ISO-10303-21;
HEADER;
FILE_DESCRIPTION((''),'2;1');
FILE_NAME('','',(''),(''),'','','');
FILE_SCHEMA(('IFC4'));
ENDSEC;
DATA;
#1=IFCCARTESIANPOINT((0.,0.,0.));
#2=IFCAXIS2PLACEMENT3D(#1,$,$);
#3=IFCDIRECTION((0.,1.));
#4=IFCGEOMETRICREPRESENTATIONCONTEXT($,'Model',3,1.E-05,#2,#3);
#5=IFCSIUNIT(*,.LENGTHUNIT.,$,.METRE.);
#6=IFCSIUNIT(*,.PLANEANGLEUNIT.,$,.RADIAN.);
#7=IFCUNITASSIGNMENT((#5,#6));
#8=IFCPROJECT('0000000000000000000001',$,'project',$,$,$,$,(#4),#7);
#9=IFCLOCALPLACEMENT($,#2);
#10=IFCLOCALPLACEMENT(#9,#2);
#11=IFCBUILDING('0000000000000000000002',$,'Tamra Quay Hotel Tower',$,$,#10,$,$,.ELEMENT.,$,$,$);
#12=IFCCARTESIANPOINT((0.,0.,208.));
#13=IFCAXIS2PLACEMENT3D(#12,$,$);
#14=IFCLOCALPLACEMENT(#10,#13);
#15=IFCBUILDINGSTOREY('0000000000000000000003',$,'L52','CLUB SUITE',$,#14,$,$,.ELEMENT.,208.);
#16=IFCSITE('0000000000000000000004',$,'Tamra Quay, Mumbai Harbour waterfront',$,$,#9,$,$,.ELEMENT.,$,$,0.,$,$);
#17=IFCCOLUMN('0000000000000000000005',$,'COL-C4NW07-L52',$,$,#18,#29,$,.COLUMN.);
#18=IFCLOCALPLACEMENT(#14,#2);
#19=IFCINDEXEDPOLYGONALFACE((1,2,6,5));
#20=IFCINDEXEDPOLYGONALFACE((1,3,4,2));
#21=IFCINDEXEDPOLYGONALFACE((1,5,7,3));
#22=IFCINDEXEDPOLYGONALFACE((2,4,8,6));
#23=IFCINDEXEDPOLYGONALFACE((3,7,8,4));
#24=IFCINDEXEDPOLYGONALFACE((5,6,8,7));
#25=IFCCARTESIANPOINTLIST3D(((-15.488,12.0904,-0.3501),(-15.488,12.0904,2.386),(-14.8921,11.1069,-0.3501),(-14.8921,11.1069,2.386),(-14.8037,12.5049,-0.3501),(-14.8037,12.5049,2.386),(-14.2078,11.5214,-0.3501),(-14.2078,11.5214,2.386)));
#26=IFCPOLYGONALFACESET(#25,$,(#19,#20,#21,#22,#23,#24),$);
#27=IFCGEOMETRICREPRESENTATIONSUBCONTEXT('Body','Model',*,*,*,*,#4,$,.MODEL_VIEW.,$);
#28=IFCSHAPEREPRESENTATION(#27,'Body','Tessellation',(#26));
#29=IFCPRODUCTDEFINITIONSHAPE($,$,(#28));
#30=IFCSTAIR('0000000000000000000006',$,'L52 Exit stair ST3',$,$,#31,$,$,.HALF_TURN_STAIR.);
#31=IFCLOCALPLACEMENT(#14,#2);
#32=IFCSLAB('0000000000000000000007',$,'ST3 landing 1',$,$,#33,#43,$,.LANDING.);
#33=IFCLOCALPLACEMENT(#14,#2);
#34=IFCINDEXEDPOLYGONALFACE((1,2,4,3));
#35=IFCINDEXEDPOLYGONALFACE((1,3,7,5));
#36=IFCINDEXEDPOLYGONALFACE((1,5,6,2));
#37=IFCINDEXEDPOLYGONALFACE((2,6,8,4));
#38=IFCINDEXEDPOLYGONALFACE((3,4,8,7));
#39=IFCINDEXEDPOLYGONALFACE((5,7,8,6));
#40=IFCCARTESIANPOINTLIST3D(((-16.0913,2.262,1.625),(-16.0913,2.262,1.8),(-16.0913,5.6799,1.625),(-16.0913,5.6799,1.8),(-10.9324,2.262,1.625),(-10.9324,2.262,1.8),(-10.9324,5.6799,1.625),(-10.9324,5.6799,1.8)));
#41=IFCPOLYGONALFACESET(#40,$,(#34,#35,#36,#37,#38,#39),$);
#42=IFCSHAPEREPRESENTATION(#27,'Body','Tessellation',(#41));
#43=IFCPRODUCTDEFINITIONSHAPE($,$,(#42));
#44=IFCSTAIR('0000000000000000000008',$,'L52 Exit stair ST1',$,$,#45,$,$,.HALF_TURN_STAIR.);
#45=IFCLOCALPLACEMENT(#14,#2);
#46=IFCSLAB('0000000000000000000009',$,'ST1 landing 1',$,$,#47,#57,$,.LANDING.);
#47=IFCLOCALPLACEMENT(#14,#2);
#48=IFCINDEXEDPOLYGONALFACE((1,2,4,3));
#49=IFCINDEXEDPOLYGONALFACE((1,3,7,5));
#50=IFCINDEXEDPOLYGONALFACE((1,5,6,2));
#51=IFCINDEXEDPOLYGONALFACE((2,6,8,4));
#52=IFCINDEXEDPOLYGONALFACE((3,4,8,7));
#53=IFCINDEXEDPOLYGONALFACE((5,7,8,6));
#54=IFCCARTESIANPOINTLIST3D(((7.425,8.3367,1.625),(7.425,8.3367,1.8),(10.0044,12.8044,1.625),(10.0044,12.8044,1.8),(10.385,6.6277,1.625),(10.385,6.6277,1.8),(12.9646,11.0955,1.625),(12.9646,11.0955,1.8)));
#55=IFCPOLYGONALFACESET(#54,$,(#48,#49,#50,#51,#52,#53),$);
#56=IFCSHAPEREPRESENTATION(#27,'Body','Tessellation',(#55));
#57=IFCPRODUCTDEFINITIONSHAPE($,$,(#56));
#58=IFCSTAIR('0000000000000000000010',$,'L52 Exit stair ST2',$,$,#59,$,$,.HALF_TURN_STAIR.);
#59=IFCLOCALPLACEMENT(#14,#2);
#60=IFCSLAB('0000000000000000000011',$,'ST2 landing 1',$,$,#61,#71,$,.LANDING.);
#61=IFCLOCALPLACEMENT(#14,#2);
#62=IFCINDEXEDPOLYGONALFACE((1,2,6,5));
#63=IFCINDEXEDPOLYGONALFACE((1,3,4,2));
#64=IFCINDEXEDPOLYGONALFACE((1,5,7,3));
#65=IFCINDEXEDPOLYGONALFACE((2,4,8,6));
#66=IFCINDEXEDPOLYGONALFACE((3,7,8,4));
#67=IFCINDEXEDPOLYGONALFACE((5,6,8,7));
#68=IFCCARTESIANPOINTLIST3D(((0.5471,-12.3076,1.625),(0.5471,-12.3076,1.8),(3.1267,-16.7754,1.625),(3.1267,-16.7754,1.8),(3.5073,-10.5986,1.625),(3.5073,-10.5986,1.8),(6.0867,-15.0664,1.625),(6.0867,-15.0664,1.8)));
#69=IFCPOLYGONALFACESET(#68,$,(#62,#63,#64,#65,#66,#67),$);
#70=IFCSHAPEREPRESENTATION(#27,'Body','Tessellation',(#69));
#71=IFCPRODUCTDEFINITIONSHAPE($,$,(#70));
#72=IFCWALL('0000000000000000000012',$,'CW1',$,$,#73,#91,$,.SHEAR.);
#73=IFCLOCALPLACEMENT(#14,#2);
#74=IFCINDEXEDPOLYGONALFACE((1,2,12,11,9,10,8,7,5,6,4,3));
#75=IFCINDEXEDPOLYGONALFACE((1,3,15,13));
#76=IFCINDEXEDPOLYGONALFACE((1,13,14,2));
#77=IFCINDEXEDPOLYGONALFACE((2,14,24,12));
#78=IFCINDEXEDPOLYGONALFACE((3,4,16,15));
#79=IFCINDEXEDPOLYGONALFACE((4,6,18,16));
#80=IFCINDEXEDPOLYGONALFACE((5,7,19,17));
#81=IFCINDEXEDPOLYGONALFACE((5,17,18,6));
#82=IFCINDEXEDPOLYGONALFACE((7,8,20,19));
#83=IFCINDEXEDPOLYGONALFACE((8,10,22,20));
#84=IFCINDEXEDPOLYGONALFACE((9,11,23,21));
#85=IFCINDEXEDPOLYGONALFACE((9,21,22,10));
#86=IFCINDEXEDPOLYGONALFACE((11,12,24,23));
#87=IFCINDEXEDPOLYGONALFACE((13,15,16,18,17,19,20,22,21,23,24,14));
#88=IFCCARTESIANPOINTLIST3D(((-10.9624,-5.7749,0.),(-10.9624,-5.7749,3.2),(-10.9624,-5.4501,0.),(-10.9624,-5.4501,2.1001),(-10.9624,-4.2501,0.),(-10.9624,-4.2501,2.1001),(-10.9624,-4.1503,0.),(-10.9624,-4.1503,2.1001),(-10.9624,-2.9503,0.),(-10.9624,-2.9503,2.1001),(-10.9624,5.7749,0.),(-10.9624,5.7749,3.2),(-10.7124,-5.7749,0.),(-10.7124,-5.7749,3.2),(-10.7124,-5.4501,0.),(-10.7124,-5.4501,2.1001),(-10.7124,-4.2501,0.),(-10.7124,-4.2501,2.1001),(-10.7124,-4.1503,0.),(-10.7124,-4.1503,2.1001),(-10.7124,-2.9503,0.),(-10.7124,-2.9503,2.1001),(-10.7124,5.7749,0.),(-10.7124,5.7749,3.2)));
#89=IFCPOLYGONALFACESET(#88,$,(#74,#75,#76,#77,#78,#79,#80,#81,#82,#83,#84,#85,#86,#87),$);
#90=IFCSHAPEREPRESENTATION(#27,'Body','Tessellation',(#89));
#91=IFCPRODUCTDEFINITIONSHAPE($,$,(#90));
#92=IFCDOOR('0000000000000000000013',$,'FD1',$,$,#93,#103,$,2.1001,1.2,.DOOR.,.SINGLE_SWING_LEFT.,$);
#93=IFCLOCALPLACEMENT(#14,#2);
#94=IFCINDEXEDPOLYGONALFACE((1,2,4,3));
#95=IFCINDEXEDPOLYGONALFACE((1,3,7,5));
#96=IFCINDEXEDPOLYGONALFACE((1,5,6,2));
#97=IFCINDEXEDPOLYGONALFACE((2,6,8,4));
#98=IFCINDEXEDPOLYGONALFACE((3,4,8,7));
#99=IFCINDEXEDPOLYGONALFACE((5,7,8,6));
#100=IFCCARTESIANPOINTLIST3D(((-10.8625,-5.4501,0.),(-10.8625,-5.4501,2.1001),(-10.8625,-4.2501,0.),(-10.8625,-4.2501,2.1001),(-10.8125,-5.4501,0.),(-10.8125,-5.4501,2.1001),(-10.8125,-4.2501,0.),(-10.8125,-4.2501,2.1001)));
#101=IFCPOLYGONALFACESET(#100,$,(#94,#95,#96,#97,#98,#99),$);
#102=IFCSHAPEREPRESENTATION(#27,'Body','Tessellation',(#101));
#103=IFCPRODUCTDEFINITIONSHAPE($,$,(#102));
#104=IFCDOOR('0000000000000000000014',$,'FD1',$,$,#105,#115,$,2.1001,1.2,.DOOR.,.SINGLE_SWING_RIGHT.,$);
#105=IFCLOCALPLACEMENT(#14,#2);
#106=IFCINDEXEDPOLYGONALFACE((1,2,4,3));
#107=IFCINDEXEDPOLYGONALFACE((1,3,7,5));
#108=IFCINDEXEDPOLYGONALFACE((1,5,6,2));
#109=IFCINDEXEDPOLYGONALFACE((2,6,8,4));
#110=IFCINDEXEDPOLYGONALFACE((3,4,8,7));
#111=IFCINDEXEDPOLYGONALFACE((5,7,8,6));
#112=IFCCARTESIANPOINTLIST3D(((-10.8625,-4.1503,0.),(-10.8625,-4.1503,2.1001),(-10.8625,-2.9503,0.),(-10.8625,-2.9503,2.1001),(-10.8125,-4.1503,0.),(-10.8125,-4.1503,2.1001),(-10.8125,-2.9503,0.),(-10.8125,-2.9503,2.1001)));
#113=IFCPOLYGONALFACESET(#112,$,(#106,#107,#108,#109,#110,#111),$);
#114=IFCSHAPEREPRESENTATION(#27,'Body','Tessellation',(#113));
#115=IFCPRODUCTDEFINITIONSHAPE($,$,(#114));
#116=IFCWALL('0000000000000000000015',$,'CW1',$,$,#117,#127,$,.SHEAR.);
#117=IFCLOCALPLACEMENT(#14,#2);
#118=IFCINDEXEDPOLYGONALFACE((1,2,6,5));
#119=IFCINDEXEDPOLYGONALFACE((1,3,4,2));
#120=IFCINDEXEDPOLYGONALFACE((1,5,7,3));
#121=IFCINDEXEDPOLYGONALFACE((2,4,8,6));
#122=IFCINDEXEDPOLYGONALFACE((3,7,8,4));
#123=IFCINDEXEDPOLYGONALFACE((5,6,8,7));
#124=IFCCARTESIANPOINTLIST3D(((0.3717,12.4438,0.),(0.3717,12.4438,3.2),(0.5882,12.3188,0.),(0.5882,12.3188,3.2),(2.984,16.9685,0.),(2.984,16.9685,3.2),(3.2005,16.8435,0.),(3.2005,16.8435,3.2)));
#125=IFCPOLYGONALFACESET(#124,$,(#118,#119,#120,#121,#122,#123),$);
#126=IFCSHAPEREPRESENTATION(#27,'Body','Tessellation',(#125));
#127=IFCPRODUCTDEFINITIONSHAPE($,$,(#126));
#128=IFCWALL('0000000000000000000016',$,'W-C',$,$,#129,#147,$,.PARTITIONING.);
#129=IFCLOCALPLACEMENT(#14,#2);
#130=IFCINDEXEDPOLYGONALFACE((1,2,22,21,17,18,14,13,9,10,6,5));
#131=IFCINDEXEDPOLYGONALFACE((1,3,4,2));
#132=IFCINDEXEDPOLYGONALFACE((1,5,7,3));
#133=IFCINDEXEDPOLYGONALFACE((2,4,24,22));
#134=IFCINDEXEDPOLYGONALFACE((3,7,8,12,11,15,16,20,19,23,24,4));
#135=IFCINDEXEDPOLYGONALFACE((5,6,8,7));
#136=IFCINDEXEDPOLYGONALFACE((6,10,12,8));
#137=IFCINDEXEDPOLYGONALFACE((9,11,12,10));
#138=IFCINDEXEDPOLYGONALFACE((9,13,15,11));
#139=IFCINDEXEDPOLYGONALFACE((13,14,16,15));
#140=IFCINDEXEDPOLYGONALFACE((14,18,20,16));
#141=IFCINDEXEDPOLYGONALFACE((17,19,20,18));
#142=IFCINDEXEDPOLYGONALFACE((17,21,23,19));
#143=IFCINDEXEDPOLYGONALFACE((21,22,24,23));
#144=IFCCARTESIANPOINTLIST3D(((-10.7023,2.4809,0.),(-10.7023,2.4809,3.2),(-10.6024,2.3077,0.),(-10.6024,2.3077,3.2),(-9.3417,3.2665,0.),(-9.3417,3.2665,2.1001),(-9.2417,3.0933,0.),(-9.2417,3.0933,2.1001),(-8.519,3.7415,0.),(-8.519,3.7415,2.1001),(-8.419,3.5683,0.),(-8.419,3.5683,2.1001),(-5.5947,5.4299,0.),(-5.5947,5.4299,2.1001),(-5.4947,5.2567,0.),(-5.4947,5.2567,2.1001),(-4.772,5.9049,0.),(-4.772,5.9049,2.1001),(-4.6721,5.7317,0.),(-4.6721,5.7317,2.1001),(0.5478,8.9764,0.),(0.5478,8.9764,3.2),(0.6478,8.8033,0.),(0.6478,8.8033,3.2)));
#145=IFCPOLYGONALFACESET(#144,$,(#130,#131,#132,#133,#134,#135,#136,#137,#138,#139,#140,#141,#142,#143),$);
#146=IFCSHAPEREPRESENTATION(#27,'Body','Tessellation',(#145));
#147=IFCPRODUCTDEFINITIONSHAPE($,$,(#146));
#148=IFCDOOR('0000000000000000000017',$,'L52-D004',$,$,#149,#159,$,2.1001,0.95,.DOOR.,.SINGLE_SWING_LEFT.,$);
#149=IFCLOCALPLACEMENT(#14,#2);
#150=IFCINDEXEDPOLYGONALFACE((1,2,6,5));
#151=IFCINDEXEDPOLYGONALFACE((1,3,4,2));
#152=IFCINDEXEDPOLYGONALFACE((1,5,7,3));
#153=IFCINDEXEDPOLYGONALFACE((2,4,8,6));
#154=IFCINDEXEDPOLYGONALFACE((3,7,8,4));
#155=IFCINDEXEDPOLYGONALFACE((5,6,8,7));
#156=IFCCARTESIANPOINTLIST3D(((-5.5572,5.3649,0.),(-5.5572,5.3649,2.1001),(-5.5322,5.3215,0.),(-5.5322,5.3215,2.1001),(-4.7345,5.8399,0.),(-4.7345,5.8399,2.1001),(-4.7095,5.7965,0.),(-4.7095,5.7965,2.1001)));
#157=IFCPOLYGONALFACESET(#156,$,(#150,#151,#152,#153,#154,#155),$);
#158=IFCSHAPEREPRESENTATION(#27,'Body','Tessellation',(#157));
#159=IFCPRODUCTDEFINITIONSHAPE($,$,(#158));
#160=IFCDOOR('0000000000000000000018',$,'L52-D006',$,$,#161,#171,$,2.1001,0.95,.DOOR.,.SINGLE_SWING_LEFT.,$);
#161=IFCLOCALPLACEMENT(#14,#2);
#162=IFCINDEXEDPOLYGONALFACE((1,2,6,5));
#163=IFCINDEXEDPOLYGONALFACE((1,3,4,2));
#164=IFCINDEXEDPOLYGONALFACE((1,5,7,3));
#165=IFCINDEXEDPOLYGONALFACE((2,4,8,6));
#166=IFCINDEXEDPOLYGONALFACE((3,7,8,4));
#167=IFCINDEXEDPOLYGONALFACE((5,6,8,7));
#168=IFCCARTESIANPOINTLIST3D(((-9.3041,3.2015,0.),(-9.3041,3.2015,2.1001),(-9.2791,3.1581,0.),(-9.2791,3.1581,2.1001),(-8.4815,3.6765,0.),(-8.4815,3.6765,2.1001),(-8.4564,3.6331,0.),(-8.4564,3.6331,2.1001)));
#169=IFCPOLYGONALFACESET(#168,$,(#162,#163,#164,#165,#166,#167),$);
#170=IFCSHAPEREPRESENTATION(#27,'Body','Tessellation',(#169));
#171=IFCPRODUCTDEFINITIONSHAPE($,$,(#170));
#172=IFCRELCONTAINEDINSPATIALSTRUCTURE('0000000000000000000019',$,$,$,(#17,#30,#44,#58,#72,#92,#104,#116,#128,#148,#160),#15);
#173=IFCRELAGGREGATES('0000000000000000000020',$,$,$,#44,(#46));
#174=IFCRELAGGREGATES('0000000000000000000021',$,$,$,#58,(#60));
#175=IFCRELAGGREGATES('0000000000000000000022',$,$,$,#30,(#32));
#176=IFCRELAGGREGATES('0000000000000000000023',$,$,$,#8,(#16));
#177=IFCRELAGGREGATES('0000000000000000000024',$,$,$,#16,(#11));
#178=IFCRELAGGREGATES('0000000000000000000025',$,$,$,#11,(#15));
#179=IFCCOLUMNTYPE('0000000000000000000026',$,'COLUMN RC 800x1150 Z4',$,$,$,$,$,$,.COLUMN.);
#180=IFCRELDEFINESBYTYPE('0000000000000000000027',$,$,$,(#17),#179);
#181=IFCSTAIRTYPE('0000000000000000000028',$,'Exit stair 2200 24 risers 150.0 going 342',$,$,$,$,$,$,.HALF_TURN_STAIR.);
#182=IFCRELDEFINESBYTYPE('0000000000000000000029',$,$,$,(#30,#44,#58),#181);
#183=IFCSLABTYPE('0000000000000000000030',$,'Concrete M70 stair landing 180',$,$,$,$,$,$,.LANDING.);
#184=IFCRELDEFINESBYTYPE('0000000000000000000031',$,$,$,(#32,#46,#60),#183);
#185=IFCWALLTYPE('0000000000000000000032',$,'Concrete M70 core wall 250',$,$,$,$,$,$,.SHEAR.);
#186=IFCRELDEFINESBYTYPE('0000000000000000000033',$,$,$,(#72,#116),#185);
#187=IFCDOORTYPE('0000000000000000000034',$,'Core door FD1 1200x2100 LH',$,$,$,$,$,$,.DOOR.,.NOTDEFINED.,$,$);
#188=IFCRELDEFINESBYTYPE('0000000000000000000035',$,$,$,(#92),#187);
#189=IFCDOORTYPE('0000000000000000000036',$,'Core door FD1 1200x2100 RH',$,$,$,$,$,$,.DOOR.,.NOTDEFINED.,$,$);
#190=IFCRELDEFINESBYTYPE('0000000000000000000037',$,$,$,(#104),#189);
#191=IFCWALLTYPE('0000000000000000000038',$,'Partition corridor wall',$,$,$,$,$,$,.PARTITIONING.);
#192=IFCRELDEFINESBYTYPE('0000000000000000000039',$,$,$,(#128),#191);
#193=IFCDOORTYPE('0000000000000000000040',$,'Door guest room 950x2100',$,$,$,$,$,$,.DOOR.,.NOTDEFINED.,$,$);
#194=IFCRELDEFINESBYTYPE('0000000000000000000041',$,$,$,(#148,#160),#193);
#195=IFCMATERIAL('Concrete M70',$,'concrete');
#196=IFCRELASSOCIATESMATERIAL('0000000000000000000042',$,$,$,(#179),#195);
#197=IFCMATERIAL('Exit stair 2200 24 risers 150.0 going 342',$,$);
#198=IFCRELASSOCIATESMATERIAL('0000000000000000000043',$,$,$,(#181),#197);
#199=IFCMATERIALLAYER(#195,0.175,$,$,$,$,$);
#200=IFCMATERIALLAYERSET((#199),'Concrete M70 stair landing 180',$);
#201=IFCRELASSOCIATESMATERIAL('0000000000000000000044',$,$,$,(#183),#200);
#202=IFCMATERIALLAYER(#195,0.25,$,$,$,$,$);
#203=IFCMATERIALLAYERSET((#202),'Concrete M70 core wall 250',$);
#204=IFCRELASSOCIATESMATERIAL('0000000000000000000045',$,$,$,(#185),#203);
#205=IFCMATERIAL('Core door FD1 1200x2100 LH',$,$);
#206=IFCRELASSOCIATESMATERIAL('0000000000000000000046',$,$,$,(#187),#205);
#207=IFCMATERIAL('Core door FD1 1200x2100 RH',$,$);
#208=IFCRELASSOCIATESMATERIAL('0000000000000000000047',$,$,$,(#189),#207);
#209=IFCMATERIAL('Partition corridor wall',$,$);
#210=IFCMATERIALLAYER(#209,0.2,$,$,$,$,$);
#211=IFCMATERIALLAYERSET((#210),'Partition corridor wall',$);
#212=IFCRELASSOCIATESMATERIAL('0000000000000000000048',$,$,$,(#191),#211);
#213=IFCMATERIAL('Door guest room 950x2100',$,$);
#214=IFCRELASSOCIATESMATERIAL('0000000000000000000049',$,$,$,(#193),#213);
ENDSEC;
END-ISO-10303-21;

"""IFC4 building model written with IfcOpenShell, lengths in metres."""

from ifc_helpers import new_model, si_unit, direction, frame, frame_2d, origin, origin_2d, place, context, subcontext, project, spatial, polyline, rectangle, outline, extrude, material, layer, layer_set, material_profile, profile_set, type_object, element, fill, aggregate, save


model = new_model("IFC4")

# Units and contexts
model_context = context("Model", 3, precision=1e-05, world=origin(), true_north=direction((0.0, 1.0)))
body_context = subcontext(model_context, "Body", "Model", "MODEL_VIEW")
ifc_project = project(units=[si_unit("LENGTHUNIT", "METRE"), si_unit("PLANEANGLEUNIT", "RADIAN")], contexts=[model_context])

# Site, building, storey
site_placement = place(None, origin())
site = spatial("IfcSite", under=ifc_project, at=site_placement, Name="Tamra Quay, Mumbai Harbour waterfront", CompositionType="ELEMENT", RefElevation=0.0)
building_placement = place(site_placement, origin())
building = spatial("IfcBuilding", under=site, at=building_placement, Name="Tamra Quay Hotel Tower", CompositionType="ELEMENT")
storey_placement = place(building_placement, frame((0.0, 0.0, 208.0)))
storey = spatial("IfcBuildingStorey", under=building, at=storey_placement, Name="L52", Description="CLUB SUITE", CompositionType="ELEMENT", Elevation=208.0)

# Column
ifc_material_1 = material(Name="Concrete M70", Category="concrete")
ifc_material_profile = material_profile(ifc_material_1, rectangle(XDim=1.1499, YDim=0.8, at=origin_2d()), Name="COLUMN RC 800x1150 Z4")
ifc_profile_set = profile_set([ifc_material_profile], Name="Concrete M70")
column_type = type_object("IfcColumnType", Name="COLUMN RC 800x1150 Z4", PredefinedType="COLUMN", material=ifc_profile_set)
column_placement = place(storey_placement, frame((-14.8479, 11.8059, -0.3501), z_axis=(0.0, 0.0, 1.0), x_axis=(-0.518175, 0.855275, 0.0)))
element("IfcColumn", 1, at=column_placement, inside=storey, type_object=column_type, Name="COL-C4NW07-L52", PredefinedType="COLUMN", context=body_context, shape_type="SweptSolid", body=[
    extrude(rectangle(XDim=1.1499, YDim=0.8, at=origin_2d()), origin(), (0.0, 0.0, 1.0), 2.7361),
])

# Stairs, slabs
ifc_material_2 = material(Name="Exit stair 2200 24 risers 150.0 going 342")
stair_type = type_object("IfcStairType", Name="Exit stair 2200 24 risers 150.0 going 342", PredefinedType="HALF_TURN_STAIR", material=ifc_material_2)
stair_1_placement = place(storey_placement, origin())
stair_1 = element("IfcStair", 2, at=stair_1_placement, inside=storey, type_object=stair_type, Name="L52 Exit stair ST3", PredefinedType="HALF_TURN_STAIR")
ifc_layer_1 = layer(ifc_material_1, 0.175)
ifc_layer_set_1 = layer_set([ifc_layer_1], Name="Concrete M70 stair landing 180")
slab_type_1 = type_object("IfcSlabType", Name="Concrete M70 stair landing 180", PredefinedType="LANDING", material=ifc_layer_set_1)
slab_1_placement = place(storey_placement, frame((0.0, 0.0, 1.625)))
slab_1 = element("IfcSlab", 3, at=slab_1_placement, type_object=slab_type_1, Name="ST3 landing 1", PredefinedType="LANDING", context=body_context, shape_type="SweptSolid", body=[
    extrude(outline(polyline([(-10.9324, 2.262), (-10.9324, 5.6799), (-16.0913, 5.6799), (-16.0913, 2.262), (-10.9324, 2.262)])), origin(), (0.0, 0.0, 1.0), 0.175),
])
stair_2_placement = place(storey_placement, origin())
stair_2 = element("IfcStair", 4, at=stair_2_placement, inside=storey, type_object=stair_type, Name="L52 Exit stair ST1", PredefinedType="HALF_TURN_STAIR")
slab_2_placement = place(storey_placement, frame((0.0, 0.0, 1.625)))
slab_2 = element("IfcSlab", 5, at=slab_2_placement, type_object=slab_type_1, Name="ST1 landing 1", PredefinedType="LANDING", context=body_context, shape_type="SweptSolid", body=[
    extrude(outline(polyline([(7.425, 8.3367), (10.385, 6.6277), (12.9646, 11.0955), (10.0044, 12.8044), (7.425, 8.3367)])), origin(), (0.0, 0.0, 1.0), 0.175),
])
aggregate(stair_2, [slab_2])
stair_3_placement = place(storey_placement, origin())
stair_3 = element("IfcStair", 6, at=stair_3_placement, inside=storey, type_object=stair_type, Name="L52 Exit stair ST2", PredefinedType="HALF_TURN_STAIR")
slab_3_placement = place(storey_placement, frame((0.0, 0.0, 1.625)))
slab_3 = element("IfcSlab", 7, at=slab_3_placement, type_object=slab_type_1, Name="ST2 landing 1", PredefinedType="LANDING", context=body_context, shape_type="SweptSolid", body=[
    extrude(outline(polyline([(3.5073, -10.5986), (0.5471, -12.3076), (3.1267, -16.7754), (6.0867, -15.0664), (3.5073, -10.5986)])), origin(), (0.0, 0.0, 1.0), 0.175),
])
aggregate(stair_3, [slab_3])

# Wall, openings, doors
ifc_layer_2 = layer(ifc_material_1, 0.25)
ifc_layer_set_2 = layer_set([ifc_layer_2], Name="Concrete M70 core wall 250")
wall_type_1 = type_object("IfcWallType", Name="Concrete M70 core wall 250", PredefinedType="SHEAR", material=ifc_layer_set_2)
wall_1_placement = place(storey_placement, frame((-10.8374, 5.7749, 0.0), z_axis=(0.0, 0.0, 1.0), x_axis=(0.0, -1.0, 0.0)))
wall_1 = element("IfcWall", 8, at=wall_1_placement, inside=storey, type_object=wall_type_1, Name="CW1", PredefinedType="SHEAR", context=body_context, shape_type="SweptSolid", body=[
    extrude(rectangle(XDim=11.5498, YDim=0.25, at=frame_2d((5.7749, 0.0))), origin(), (0.0, 0.0, 1.0), 3.2),
])
opening_1_placement = place(wall_1_placement, frame((10.0249, 0.0, 0.0)))
opening_1 = element("IfcOpeningElement", 9, at=opening_1_placement, cuts=wall_1, PredefinedType="OPENING", context=body_context, shape_type="SweptSolid", body=[
    extrude(rectangle(XDim=1.2, YDim=2.1001, at=frame_2d((0.6001, 1.05))), frame((0.0, 0.135, 0.0), z_axis=(0.0, -1.0, 0.0), x_axis=(1.0, 0.0, 0.0)), (0.0, 0.0, 1.0), 0.27),
])
opening_2_placement = place(wall_1_placement, frame((8.7251, 0.0, 0.0)))
opening_2 = element("IfcOpeningElement", 10, at=opening_2_placement, cuts=wall_1, PredefinedType="OPENING", context=body_context, shape_type="SweptSolid", body=[
    extrude(rectangle(XDim=1.2, YDim=2.1001, at=frame_2d((0.6001, 1.05))), frame((0.0, 0.135, 0.0), z_axis=(0.0, -1.0, 0.0), x_axis=(1.0, 0.0, 0.0)), (0.0, 0.0, 1.0), 0.27),
])
ifc_material_3 = material(Name="Core door FD1 1200x2100 LH")
door_type_1 = type_object("IfcDoorType", Name="Core door FD1 1200x2100 LH", OperationType="NOTDEFINED", PredefinedType="DOOR", material=ifc_material_3)
door_1_placement = place(opening_1_placement, origin())
door_1 = element("IfcDoor", 11, at=door_1_placement, inside=storey, type_object=door_type_1, Name="FD1", OperationType="SINGLE_SWING_LEFT", OverallHeight=2.1001, OverallWidth=1.2, PredefinedType="DOOR", context=body_context, shape_type="SweptSolid", body=[
    extrude(rectangle(XDim=1.2, YDim=2.1001, at=frame_2d((0.6001, 1.05))), frame((0.0, 0.0249, 0.0), z_axis=(0.0, -1.0, 0.0), x_axis=(1.0, 0.0, 0.0)), (0.0, 0.0, 1.0), 0.05),
])
fill(opening_1, door_1)
ifc_material_4 = material(Name="Core door FD1 1200x2100 RH")
door_type_2 = type_object("IfcDoorType", Name="Core door FD1 1200x2100 RH", OperationType="NOTDEFINED", PredefinedType="DOOR", material=ifc_material_4)
door_2_placement = place(opening_2_placement, origin())
door_2 = element("IfcDoor", 12, at=door_2_placement, inside=storey, type_object=door_type_2, Name="FD1", OperationType="SINGLE_SWING_RIGHT", OverallHeight=2.1001, OverallWidth=1.2, PredefinedType="DOOR", context=body_context, shape_type="SweptSolid", body=[
    extrude(rectangle(XDim=1.2, YDim=2.1001, at=frame_2d((0.6001, 1.05))), frame((0.0, 0.0249, 0.0), z_axis=(0.0, -1.0, 0.0), x_axis=(1.0, 0.0, 0.0)), (0.0, 0.0, 1.0), 0.05),
])
fill(opening_2, door_2)

# Wall
wall_2_placement = place(storey_placement, frame((0.48, 12.3813, 0.0), z_axis=(0.0, 0.0, 1.0), x_axis=(0.499999, 0.866026, 0.0)))
element("IfcWall", 13, at=wall_2_placement, inside=storey, type_object=wall_type_1, Name="CW1", PredefinedType="SHEAR", context=body_context, shape_type="SweptSolid", body=[
    extrude(rectangle(XDim=5.2246, YDim=0.25, at=frame_2d((2.6123, 0.0))), origin(), (0.0, 0.0, 1.0), 3.2),
])

# Wall, openings, doors
ifc_material_5 = material(Name="Partition corridor wall")
ifc_layer_3 = layer(ifc_material_5, 0.2)
ifc_layer_set_3 = layer_set([ifc_layer_3], Name="Partition corridor wall")
wall_type_2 = type_object("IfcWallType", Name="Partition corridor wall", PredefinedType="PARTITIONING", material=ifc_layer_set_3)
wall_3_placement = place(storey_placement, frame((-10.6523, 2.3943, 0.0), z_axis=(0.0, 0.0, 1.0), x_axis=(0.866016, 0.500016, 0.0)))
wall_3 = element("IfcWall", 14, at=wall_3_placement, inside=storey, type_object=wall_type_2, Name="W-C", PredefinedType="PARTITIONING", context=body_context, shape_type="SweptSolid", body=[
    extrude(rectangle(XDim=12.9907, YDim=0.2, at=frame_2d((6.4954, 0.0))), origin(), (0.0, 0.0, 1.0), 3.2),
])
opening_3_placement = place(wall_3_placement, frame((5.8977, 0.0, 0.0)))
opening_3 = element("IfcOpeningElement", 15, at=opening_3_placement, cuts=wall_3, PredefinedType="OPENING", context=body_context, shape_type="SweptSolid", body=[
    extrude(rectangle(XDim=0.95, YDim=2.1001, at=frame_2d((0.4751, 1.05))), frame((0.0, 0.1099, 0.0), z_axis=(0.0, -1.0, 0.0), x_axis=(1.0, 0.0, 0.0)), (0.0, 0.0, 1.0), 0.22),
])
opening_4_placement = place(wall_3_placement, frame((1.571, 0.0, 0.0)))
opening_4 = element("IfcOpeningElement", 16, at=opening_4_placement, cuts=wall_3, PredefinedType="OPENING", context=body_context, shape_type="SweptSolid", body=[
    extrude(rectangle(XDim=0.95, YDim=2.1001, at=frame_2d((0.4751, 1.05))), frame((0.0, 0.1099, 0.0), z_axis=(0.0, -1.0, 0.0), x_axis=(1.0, 0.0, 0.0)), (0.0, 0.0, 1.0), 0.22),
])
ifc_material_6 = material(Name="Door guest room 950x2100")
door_type_3 = type_object("IfcDoorType", Name="Door guest room 950x2100", OperationType="NOTDEFINED", PredefinedType="DOOR", material=ifc_material_6)
door_3_placement = place(opening_3_placement, origin())
door_3 = element("IfcDoor", 17, at=door_3_placement, inside=storey, type_object=door_type_3, Name="L52-D004", OperationType="SINGLE_SWING_LEFT", OverallHeight=2.1001, OverallWidth=0.95, PredefinedType="DOOR", context=body_context, shape_type="SweptSolid", body=[
    extrude(rectangle(XDim=0.95, YDim=2.1001, at=frame_2d((0.4751, 1.05))), frame((0.0, 0.0249, 0.0), z_axis=(0.0, -1.0, 0.0), x_axis=(1.0, 0.0, 0.0)), (0.0, 0.0, 1.0), 0.05),
])
fill(opening_3, door_3)
door_4_placement = place(opening_4_placement, origin())
door_4 = element("IfcDoor", 18, at=door_4_placement, inside=storey, type_object=door_type_3, Name="L52-D006", OperationType="SINGLE_SWING_LEFT", OverallHeight=2.1001, OverallWidth=0.95, PredefinedType="DOOR", context=body_context, shape_type="SweptSolid", body=[
    extrude(rectangle(XDim=0.95, YDim=2.1001, at=frame_2d((0.4751, 1.05))), frame((0.0, 0.0249, 0.0), z_axis=(0.0, -1.0, 0.0), x_axis=(1.0, 0.0, 0.0)), (0.0, 0.0, 1.0), 0.05),
])
fill(opening_4, door_4)

aggregate(stair_1, [slab_1])

save(model, "model.ifc")
